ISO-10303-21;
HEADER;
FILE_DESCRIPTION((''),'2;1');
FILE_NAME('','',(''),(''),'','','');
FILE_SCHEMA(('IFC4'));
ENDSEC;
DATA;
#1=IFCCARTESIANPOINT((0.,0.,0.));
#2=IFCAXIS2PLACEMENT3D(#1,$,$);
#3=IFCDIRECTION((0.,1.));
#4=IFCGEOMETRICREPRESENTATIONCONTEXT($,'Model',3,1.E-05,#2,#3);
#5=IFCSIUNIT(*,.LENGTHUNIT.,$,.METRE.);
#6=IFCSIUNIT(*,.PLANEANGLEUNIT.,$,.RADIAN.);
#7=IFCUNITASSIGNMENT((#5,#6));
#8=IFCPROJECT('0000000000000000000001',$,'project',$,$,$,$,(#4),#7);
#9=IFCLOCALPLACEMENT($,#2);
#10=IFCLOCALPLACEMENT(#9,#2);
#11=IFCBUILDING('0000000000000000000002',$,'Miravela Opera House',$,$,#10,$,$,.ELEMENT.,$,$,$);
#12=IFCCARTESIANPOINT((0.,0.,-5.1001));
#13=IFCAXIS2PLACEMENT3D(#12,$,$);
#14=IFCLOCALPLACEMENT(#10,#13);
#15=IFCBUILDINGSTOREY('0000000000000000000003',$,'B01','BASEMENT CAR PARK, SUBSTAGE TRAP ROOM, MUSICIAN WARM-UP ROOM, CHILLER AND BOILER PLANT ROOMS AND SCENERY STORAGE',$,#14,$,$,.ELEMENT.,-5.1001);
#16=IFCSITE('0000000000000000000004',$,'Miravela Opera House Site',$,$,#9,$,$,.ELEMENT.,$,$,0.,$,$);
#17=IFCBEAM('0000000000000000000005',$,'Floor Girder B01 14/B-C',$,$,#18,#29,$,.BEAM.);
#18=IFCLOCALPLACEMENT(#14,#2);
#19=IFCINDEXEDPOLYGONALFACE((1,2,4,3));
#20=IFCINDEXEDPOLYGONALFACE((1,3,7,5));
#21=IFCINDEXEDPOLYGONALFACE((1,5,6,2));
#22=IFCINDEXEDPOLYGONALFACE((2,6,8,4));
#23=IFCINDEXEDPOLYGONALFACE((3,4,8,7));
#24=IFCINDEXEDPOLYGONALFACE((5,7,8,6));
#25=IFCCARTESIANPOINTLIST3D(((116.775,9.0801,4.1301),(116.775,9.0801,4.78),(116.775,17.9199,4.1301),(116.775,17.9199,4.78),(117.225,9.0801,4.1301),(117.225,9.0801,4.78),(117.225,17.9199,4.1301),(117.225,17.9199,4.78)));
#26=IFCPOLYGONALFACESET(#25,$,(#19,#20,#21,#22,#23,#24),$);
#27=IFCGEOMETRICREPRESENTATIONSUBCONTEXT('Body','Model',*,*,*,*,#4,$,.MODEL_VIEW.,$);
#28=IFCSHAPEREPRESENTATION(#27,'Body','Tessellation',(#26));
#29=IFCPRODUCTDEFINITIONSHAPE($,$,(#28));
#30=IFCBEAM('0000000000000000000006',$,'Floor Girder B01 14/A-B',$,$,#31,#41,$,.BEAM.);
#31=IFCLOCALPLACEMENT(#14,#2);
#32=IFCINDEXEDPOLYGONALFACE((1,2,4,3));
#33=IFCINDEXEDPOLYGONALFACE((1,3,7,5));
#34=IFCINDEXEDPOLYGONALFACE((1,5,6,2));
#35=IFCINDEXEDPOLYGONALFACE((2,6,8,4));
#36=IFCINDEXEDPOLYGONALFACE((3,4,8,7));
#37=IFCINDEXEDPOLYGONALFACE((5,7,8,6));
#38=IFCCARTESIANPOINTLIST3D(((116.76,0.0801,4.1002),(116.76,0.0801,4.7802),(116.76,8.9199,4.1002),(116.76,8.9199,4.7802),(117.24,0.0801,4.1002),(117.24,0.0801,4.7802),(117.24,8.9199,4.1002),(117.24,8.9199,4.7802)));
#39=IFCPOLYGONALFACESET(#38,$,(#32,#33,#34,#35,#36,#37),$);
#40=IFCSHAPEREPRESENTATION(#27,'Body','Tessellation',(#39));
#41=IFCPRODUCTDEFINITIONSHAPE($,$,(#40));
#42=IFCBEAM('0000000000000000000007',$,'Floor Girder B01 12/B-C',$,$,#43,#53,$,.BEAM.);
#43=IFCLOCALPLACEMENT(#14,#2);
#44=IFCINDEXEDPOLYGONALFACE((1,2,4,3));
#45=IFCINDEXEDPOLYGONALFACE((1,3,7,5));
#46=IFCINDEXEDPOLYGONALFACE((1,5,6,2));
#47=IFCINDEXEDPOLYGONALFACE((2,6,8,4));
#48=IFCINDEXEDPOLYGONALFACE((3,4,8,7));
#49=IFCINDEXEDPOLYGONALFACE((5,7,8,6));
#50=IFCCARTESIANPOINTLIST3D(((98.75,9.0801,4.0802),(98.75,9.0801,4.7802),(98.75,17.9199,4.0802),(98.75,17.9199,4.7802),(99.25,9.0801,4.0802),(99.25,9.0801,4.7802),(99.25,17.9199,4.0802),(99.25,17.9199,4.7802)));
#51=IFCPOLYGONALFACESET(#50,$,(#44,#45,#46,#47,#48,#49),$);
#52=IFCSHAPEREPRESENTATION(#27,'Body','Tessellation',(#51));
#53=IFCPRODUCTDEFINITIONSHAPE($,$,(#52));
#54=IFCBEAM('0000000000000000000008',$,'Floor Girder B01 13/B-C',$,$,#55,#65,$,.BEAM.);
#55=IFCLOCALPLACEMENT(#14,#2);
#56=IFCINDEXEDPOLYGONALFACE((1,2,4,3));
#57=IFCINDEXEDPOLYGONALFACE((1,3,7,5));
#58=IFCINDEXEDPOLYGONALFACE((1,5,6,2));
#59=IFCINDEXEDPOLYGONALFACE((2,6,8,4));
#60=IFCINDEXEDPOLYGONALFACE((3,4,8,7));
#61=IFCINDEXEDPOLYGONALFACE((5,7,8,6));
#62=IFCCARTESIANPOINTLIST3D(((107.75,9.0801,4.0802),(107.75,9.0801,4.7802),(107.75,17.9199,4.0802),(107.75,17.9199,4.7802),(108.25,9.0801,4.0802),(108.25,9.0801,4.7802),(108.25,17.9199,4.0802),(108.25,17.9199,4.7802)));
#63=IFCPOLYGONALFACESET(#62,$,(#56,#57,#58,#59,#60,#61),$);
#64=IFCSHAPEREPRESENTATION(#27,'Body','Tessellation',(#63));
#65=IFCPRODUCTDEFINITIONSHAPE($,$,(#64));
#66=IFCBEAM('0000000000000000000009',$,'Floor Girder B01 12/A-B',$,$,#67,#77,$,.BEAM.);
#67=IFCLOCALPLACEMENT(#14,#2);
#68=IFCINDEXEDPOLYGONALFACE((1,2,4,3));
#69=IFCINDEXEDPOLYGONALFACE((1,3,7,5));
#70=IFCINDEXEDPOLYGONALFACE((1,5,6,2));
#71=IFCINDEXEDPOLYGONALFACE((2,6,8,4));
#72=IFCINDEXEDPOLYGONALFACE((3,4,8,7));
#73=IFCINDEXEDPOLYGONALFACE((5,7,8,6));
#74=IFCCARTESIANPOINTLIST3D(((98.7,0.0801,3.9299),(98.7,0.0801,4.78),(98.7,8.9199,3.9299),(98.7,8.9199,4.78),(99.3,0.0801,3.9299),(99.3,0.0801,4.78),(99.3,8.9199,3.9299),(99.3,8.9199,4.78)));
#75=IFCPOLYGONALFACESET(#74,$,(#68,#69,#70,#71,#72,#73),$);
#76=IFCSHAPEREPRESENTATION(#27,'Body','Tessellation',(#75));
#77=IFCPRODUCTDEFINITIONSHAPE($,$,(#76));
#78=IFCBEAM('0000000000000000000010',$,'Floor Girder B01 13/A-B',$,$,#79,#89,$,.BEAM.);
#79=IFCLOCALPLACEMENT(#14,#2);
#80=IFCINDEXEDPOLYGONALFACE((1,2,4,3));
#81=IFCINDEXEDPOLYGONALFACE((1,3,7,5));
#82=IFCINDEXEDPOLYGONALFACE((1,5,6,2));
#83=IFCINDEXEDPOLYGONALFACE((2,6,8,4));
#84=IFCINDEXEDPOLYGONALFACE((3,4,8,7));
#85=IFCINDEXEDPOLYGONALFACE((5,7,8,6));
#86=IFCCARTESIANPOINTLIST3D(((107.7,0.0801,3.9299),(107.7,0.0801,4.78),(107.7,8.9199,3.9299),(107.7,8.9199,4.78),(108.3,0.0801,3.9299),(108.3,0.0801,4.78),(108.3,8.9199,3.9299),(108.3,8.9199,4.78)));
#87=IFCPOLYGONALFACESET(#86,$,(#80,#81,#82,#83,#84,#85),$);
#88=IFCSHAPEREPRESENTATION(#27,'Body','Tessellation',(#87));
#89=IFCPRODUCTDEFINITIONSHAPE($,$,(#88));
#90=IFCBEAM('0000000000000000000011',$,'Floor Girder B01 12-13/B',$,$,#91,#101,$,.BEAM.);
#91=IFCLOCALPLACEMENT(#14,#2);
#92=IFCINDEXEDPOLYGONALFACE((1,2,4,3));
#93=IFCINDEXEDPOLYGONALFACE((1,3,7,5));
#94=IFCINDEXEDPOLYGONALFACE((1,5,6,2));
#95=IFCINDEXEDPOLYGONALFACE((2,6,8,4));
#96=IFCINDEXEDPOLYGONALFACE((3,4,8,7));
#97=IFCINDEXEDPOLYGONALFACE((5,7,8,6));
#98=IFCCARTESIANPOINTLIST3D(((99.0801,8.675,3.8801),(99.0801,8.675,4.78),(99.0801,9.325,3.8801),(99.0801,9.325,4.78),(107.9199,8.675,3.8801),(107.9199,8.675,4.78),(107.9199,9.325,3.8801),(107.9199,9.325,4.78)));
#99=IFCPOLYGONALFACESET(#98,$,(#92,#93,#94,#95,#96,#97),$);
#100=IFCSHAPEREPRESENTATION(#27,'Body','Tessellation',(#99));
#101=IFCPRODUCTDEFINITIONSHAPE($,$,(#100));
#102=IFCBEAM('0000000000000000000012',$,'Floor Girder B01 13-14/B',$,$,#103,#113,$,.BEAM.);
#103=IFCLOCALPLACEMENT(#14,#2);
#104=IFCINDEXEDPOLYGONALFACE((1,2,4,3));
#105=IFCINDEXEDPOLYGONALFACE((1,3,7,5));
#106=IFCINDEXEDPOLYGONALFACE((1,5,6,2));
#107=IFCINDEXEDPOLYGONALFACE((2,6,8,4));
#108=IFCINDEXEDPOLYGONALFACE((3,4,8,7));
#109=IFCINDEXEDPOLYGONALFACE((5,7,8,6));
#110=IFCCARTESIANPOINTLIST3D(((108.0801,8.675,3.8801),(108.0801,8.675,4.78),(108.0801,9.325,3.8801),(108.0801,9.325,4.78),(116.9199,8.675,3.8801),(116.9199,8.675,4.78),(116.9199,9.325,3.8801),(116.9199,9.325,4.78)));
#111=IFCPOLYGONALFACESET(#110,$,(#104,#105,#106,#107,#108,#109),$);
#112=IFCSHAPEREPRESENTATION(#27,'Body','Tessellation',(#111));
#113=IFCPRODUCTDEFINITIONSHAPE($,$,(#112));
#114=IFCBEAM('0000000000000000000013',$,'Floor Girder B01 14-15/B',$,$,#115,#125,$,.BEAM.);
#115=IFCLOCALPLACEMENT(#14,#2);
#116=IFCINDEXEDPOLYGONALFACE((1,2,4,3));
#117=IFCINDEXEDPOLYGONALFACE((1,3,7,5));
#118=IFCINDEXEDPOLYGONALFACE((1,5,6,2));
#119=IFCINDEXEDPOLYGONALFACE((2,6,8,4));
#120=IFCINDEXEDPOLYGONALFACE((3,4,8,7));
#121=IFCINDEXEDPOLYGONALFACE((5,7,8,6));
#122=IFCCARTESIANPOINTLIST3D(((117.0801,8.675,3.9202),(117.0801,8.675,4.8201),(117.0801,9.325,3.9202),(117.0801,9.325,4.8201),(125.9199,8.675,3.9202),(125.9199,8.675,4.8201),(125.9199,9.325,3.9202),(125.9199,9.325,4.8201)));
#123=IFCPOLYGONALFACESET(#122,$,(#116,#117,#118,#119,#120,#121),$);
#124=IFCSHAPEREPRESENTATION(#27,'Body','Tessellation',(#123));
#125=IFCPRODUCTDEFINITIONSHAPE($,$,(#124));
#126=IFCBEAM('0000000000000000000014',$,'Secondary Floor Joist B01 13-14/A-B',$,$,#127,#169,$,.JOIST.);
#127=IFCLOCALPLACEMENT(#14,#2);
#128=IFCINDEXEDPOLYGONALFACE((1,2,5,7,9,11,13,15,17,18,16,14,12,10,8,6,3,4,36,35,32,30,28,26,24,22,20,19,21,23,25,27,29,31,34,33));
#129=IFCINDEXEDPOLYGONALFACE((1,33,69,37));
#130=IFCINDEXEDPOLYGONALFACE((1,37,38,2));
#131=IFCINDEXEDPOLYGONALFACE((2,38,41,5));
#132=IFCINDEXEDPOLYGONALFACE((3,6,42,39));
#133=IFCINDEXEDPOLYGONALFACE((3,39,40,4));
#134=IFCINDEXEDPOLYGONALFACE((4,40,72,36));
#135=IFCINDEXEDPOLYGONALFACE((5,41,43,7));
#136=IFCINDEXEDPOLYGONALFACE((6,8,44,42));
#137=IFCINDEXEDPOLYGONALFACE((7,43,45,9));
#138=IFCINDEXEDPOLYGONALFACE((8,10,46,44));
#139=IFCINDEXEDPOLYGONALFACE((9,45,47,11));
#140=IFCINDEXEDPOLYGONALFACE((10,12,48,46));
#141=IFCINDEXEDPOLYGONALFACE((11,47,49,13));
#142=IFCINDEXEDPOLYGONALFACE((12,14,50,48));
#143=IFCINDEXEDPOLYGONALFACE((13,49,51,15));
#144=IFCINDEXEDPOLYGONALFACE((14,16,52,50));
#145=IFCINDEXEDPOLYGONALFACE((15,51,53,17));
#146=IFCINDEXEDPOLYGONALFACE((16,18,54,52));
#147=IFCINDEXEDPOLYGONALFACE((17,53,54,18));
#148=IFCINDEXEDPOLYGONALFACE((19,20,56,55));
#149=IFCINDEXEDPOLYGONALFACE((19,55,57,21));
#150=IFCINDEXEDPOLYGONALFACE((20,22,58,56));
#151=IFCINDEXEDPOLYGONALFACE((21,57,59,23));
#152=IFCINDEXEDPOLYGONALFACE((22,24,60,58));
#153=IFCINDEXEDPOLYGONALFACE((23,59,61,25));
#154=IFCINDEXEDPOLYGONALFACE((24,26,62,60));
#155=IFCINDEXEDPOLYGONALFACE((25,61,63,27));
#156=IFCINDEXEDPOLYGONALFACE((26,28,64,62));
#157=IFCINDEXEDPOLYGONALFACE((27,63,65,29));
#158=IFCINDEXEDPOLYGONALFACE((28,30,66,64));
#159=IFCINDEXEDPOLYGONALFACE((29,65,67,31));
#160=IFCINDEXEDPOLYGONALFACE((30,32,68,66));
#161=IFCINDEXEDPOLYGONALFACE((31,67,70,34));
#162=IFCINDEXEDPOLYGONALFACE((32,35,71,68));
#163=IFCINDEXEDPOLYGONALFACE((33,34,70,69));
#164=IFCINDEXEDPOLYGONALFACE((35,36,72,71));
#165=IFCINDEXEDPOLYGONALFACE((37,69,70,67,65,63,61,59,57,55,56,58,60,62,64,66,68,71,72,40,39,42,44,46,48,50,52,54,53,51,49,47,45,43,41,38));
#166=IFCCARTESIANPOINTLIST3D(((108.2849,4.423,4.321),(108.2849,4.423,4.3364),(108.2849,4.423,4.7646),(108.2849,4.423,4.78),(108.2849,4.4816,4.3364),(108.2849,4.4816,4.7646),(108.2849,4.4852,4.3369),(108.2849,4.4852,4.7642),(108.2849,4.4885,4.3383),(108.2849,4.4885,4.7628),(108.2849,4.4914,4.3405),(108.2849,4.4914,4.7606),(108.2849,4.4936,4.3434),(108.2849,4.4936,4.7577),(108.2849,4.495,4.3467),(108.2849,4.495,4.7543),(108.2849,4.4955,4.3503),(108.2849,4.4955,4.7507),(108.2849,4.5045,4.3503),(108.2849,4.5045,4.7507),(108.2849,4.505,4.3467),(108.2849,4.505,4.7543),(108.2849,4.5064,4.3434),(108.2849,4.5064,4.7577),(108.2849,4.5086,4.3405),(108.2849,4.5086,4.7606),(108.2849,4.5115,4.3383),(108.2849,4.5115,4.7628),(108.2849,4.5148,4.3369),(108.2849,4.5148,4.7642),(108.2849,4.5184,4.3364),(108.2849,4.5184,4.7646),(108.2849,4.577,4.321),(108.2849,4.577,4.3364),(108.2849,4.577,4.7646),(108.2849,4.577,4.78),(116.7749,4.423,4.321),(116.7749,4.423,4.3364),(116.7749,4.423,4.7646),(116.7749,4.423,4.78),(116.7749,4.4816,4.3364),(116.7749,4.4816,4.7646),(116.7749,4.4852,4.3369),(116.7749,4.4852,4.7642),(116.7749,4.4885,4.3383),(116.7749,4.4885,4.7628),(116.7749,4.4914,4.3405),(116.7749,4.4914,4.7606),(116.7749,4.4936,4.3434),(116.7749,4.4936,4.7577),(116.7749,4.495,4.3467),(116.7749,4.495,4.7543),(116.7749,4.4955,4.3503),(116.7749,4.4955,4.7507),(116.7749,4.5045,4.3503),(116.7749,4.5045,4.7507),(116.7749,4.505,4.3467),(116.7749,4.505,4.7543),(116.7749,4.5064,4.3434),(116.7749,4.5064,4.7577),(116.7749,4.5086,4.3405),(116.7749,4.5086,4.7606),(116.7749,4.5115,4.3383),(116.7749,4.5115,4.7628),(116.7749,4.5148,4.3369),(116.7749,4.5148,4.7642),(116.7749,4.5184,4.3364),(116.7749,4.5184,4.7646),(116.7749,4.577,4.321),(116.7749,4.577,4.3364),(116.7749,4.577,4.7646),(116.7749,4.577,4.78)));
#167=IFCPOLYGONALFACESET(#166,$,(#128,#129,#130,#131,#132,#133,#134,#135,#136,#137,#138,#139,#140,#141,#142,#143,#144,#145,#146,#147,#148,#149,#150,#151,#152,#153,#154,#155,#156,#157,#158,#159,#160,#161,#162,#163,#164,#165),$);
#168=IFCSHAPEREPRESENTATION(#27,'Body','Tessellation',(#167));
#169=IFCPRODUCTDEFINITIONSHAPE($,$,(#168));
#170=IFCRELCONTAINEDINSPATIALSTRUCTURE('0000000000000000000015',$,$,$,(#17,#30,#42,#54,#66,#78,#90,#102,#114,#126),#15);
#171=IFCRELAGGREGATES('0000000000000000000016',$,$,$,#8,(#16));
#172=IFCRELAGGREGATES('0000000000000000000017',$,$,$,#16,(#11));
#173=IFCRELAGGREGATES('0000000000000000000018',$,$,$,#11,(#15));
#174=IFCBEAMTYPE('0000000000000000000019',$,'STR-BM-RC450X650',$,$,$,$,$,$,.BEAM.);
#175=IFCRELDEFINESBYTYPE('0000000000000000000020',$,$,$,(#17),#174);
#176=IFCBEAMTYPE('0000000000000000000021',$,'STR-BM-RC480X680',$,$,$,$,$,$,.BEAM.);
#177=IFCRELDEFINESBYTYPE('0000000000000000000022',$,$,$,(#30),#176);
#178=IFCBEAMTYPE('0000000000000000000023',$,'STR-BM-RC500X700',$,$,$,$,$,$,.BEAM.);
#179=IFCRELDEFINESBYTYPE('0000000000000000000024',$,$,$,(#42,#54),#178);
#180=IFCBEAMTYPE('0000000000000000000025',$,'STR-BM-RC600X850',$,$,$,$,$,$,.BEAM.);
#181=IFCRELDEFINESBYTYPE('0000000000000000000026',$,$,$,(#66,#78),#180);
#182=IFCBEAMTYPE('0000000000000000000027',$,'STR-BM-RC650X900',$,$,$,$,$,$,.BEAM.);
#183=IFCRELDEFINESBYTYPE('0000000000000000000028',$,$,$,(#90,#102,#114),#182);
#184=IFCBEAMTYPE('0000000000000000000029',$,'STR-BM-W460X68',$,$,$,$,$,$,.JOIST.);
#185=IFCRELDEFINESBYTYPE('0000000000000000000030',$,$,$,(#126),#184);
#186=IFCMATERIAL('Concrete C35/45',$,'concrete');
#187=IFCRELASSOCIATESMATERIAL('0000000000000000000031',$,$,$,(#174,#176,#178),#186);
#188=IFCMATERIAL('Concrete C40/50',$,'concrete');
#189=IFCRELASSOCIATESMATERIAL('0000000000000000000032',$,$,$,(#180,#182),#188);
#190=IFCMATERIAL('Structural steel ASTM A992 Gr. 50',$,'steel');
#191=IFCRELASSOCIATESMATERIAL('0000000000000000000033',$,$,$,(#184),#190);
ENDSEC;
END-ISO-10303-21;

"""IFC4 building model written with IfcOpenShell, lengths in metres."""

from ifc_helpers import new_model, si_unit, direction, frame, origin, origin_2d, place, context, subcontext, project, spatial, rectangle, i_section, extrude, material, material_profile, profile_set, type_object, element, save


model = new_model("IFC4")

# Units and contexts
model_context = context("Model", 3, precision=1e-05, world=origin(), true_north=direction((0.0, 1.0)))
body_context = subcontext(model_context, "Body", "Model", "MODEL_VIEW")
ifc_project = project(units=[si_unit("LENGTHUNIT", "METRE"), si_unit("PLANEANGLEUNIT", "RADIAN")], contexts=[model_context])

# Site, building, storey
site_placement = place(None, origin())
site = spatial("IfcSite", under=ifc_project, at=site_placement, Name="Miravela Opera House Site", CompositionType="ELEMENT", RefElevation=0.0)
building_placement = place(site_placement, origin())
building = spatial("IfcBuilding", under=site, at=building_placement, Name="Miravela Opera House", CompositionType="ELEMENT")
storey_placement = place(building_placement, frame((0.0, 0.0, -5.1001)))
storey = spatial("IfcBuildingStorey", under=building, at=storey_placement, Name="B01", Description="BASEMENT CAR PARK, SUBSTAGE TRAP ROOM, MUSICIAN WARM-UP ROOM, CHILLER AND BOILER PLANT ROOMS AND SCENERY STORAGE", CompositionType="ELEMENT", Elevation=-5.1001)

# Shared definitions
ifc_material_1 = material(Name="Concrete C35/45", Category="concrete")

# Beams
ifc_material_profile_1 = material_profile(ifc_material_1, rectangle(XDim=0.45, YDim=0.6499, at=origin_2d()), Name="RC-BM-450X650")
ifc_profile_set_1 = profile_set([ifc_material_profile_1])
beam_type_1 = type_object("IfcBeamType", Name="STR-BM-RC450X650", PredefinedType="BEAM", material=ifc_profile_set_1)
beam_1_placement = place(storey_placement, frame((117.0, 9.0801, 4.4551), z_axis=(0.0, 1.0, 0.0), x_axis=(-1.0, 0.0, 0.0)))
element("IfcBeam", 1, at=beam_1_placement, inside=storey, type_object=beam_type_1, Name="Floor Girder B01 14/B-C", PredefinedType="BEAM", context=body_context, shape_type="SweptSolid", body=[
    extrude(rectangle(XDim=0.45, YDim=0.6499, at=origin_2d()), origin(), (0.0, 0.0, 1.0), 8.8398),
])
ifc_material_profile_2 = material_profile(ifc_material_1, rectangle(XDim=0.48, YDim=0.6799, at=origin_2d()), Name="RC-BM-480X680")
ifc_profile_set_2 = profile_set([ifc_material_profile_2])
beam_type_2 = type_object("IfcBeamType", Name="STR-BM-RC480X680", PredefinedType="BEAM", material=ifc_profile_set_2)
beam_2_placement = place(storey_placement, frame((117.0, 0.0801, 4.4402), z_axis=(0.0, 1.0, 0.0), x_axis=(-1.0, 0.0, 0.0)))
element("IfcBeam", 2, at=beam_2_placement, inside=storey, type_object=beam_type_2, Name="Floor Girder B01 14/A-B", PredefinedType="BEAM", context=body_context, shape_type="SweptSolid", body=[
    extrude(rectangle(XDim=0.48, YDim=0.6799, at=origin_2d()), origin(), (0.0, 0.0, 1.0), 8.8398),
])
ifc_material_profile_3 = material_profile(ifc_material_1, rectangle(XDim=0.5, YDim=0.7, at=origin_2d()), Name="RC-BM-500X700")
ifc_profile_set_3 = profile_set([ifc_material_profile_3])
beam_type_3 = type_object("IfcBeamType", Name="STR-BM-RC500X700", PredefinedType="BEAM", material=ifc_profile_set_3)
for number, where, z_axis, x_axis, name in (
    (3, (99.0, 9.0801, 4.4302), (0.0, 1.0, 0.0), (-1.0, 0.0, 0.0), "Floor Girder B01 12/B-C"),
    (4, (108.0, 9.0801, 4.4302), (0.0, 1.0, 0.0), (-1.0, 0.0, 0.0), "Floor Girder B01 13/B-C"),
):
    element("IfcBeam", number, at=place(storey_placement, frame(where, z_axis=z_axis, x_axis=x_axis)), inside=storey, type_object=beam_type_3, Name=name, PredefinedType="BEAM", context=body_context, shape_type="SweptSolid", body=[
        extrude(rectangle(XDim=0.5, YDim=0.7, at=origin_2d()), origin(), (0.0, 0.0, 1.0), 8.8398),
    ])
ifc_material_2 = material(Name="Concrete C40/50", Category="concrete")
ifc_material_profile_4 = material_profile(ifc_material_2, rectangle(XDim=0.6001, YDim=0.8501, at=origin_2d()), Name="RC-BM-600X850")
ifc_profile_set_4 = profile_set([ifc_material_profile_4])
beam_type_4 = type_object("IfcBeamType", Name="STR-BM-RC600X850", PredefinedType="BEAM", material=ifc_profile_set_4)
for number, where, z_axis, x_axis, name in (
    (5, (99.0, 0.0801, 4.355), (0.0, 1.0, 0.0), (-1.0, 0.0, 0.0), "Floor Girder B01 12/A-B"),
    (6, (108.0, 0.0801, 4.355), (0.0, 1.0, 0.0), (-1.0, 0.0, 0.0), "Floor Girder B01 13/A-B"),
):
    element("IfcBeam", number, at=place(storey_placement, frame(where, z_axis=z_axis, x_axis=x_axis)), inside=storey, type_object=beam_type_4, Name=name, PredefinedType="BEAM", context=body_context, shape_type="SweptSolid", body=[
        extrude(rectangle(XDim=0.6001, YDim=0.8501, at=origin_2d()), origin(), (0.0, 0.0, 1.0), 8.8398),
    ])
ifc_material_profile_5 = material_profile(ifc_material_2, rectangle(XDim=0.6499, YDim=0.8999, at=origin_2d()), Name="RC-BM-650X900")
ifc_profile_set_5 = profile_set([ifc_material_profile_5])
beam_type_5 = type_object("IfcBeamType", Name="STR-BM-RC650X900", PredefinedType="BEAM", material=ifc_profile_set_5)
for number, where, z_axis, x_axis, name in (
    (7, (99.0801, 9.0, 4.3301), (1.0, 0.0, 0.0), (0.0, 1.0, 0.0), "Floor Girder B01 12-13/B"),
    (8, (108.0801, 9.0, 4.3301), (1.0, 0.0, 0.0), (0.0, 1.0, 0.0), "Floor Girder B01 13-14/B"),
    (9, (117.0801, 9.0, 4.3701), (1.0, 0.0, 0.0), (0.0, 1.0, 0.0), "Floor Girder B01 14-15/B"),
):
    element("IfcBeam", number, at=place(storey_placement, frame(where, z_axis=z_axis, x_axis=x_axis)), inside=storey, type_object=beam_type_5, Name=name, PredefinedType="BEAM", context=body_context, shape_type="SweptSolid", body=[
        extrude(rectangle(XDim=0.6499, YDim=0.8999, at=origin_2d()), origin(), (0.0, 0.0, 1.0), 8.8398),
    ])
ifc_material_3 = material(Name="Structural steel ASTM A992 Gr. 50", Category="steel")
ifc_material_profile_6 = material_profile(ifc_material_3, i_section(OverallWidth=0.1541, OverallDepth=0.459, WebThickness=0.009, FlangeThickness=0.0154, FilletRadius=0.0139, at=origin_2d()), Name="W460X68")
ifc_profile_set_6 = profile_set([ifc_material_profile_6])
beam_type_6 = type_object("IfcBeamType", Name="STR-BM-W460X68", PredefinedType="JOIST", material=ifc_profile_set_6)
beam_3_placement = place(storey_placement, frame((108.2849, 4.5, 4.5505), z_axis=(1.0, 0.0, 0.0), x_axis=(0.0, 1.0, 0.0)))
element("IfcBeam", 10, at=beam_3_placement, inside=storey, type_object=beam_type_6, Name="Secondary Floor Joist B01 13-14/A-B", PredefinedType="JOIST", context=body_context, shape_type="SweptSolid", body=[
    extrude(i_section(OverallWidth=0.1541, OverallDepth=0.459, WebThickness=0.009, FlangeThickness=0.0154, FilletRadius=0.0139, at=origin_2d()), origin(), (0.0, 0.0, 1.0), 8.49),
])

save(model, "model.ifc")
